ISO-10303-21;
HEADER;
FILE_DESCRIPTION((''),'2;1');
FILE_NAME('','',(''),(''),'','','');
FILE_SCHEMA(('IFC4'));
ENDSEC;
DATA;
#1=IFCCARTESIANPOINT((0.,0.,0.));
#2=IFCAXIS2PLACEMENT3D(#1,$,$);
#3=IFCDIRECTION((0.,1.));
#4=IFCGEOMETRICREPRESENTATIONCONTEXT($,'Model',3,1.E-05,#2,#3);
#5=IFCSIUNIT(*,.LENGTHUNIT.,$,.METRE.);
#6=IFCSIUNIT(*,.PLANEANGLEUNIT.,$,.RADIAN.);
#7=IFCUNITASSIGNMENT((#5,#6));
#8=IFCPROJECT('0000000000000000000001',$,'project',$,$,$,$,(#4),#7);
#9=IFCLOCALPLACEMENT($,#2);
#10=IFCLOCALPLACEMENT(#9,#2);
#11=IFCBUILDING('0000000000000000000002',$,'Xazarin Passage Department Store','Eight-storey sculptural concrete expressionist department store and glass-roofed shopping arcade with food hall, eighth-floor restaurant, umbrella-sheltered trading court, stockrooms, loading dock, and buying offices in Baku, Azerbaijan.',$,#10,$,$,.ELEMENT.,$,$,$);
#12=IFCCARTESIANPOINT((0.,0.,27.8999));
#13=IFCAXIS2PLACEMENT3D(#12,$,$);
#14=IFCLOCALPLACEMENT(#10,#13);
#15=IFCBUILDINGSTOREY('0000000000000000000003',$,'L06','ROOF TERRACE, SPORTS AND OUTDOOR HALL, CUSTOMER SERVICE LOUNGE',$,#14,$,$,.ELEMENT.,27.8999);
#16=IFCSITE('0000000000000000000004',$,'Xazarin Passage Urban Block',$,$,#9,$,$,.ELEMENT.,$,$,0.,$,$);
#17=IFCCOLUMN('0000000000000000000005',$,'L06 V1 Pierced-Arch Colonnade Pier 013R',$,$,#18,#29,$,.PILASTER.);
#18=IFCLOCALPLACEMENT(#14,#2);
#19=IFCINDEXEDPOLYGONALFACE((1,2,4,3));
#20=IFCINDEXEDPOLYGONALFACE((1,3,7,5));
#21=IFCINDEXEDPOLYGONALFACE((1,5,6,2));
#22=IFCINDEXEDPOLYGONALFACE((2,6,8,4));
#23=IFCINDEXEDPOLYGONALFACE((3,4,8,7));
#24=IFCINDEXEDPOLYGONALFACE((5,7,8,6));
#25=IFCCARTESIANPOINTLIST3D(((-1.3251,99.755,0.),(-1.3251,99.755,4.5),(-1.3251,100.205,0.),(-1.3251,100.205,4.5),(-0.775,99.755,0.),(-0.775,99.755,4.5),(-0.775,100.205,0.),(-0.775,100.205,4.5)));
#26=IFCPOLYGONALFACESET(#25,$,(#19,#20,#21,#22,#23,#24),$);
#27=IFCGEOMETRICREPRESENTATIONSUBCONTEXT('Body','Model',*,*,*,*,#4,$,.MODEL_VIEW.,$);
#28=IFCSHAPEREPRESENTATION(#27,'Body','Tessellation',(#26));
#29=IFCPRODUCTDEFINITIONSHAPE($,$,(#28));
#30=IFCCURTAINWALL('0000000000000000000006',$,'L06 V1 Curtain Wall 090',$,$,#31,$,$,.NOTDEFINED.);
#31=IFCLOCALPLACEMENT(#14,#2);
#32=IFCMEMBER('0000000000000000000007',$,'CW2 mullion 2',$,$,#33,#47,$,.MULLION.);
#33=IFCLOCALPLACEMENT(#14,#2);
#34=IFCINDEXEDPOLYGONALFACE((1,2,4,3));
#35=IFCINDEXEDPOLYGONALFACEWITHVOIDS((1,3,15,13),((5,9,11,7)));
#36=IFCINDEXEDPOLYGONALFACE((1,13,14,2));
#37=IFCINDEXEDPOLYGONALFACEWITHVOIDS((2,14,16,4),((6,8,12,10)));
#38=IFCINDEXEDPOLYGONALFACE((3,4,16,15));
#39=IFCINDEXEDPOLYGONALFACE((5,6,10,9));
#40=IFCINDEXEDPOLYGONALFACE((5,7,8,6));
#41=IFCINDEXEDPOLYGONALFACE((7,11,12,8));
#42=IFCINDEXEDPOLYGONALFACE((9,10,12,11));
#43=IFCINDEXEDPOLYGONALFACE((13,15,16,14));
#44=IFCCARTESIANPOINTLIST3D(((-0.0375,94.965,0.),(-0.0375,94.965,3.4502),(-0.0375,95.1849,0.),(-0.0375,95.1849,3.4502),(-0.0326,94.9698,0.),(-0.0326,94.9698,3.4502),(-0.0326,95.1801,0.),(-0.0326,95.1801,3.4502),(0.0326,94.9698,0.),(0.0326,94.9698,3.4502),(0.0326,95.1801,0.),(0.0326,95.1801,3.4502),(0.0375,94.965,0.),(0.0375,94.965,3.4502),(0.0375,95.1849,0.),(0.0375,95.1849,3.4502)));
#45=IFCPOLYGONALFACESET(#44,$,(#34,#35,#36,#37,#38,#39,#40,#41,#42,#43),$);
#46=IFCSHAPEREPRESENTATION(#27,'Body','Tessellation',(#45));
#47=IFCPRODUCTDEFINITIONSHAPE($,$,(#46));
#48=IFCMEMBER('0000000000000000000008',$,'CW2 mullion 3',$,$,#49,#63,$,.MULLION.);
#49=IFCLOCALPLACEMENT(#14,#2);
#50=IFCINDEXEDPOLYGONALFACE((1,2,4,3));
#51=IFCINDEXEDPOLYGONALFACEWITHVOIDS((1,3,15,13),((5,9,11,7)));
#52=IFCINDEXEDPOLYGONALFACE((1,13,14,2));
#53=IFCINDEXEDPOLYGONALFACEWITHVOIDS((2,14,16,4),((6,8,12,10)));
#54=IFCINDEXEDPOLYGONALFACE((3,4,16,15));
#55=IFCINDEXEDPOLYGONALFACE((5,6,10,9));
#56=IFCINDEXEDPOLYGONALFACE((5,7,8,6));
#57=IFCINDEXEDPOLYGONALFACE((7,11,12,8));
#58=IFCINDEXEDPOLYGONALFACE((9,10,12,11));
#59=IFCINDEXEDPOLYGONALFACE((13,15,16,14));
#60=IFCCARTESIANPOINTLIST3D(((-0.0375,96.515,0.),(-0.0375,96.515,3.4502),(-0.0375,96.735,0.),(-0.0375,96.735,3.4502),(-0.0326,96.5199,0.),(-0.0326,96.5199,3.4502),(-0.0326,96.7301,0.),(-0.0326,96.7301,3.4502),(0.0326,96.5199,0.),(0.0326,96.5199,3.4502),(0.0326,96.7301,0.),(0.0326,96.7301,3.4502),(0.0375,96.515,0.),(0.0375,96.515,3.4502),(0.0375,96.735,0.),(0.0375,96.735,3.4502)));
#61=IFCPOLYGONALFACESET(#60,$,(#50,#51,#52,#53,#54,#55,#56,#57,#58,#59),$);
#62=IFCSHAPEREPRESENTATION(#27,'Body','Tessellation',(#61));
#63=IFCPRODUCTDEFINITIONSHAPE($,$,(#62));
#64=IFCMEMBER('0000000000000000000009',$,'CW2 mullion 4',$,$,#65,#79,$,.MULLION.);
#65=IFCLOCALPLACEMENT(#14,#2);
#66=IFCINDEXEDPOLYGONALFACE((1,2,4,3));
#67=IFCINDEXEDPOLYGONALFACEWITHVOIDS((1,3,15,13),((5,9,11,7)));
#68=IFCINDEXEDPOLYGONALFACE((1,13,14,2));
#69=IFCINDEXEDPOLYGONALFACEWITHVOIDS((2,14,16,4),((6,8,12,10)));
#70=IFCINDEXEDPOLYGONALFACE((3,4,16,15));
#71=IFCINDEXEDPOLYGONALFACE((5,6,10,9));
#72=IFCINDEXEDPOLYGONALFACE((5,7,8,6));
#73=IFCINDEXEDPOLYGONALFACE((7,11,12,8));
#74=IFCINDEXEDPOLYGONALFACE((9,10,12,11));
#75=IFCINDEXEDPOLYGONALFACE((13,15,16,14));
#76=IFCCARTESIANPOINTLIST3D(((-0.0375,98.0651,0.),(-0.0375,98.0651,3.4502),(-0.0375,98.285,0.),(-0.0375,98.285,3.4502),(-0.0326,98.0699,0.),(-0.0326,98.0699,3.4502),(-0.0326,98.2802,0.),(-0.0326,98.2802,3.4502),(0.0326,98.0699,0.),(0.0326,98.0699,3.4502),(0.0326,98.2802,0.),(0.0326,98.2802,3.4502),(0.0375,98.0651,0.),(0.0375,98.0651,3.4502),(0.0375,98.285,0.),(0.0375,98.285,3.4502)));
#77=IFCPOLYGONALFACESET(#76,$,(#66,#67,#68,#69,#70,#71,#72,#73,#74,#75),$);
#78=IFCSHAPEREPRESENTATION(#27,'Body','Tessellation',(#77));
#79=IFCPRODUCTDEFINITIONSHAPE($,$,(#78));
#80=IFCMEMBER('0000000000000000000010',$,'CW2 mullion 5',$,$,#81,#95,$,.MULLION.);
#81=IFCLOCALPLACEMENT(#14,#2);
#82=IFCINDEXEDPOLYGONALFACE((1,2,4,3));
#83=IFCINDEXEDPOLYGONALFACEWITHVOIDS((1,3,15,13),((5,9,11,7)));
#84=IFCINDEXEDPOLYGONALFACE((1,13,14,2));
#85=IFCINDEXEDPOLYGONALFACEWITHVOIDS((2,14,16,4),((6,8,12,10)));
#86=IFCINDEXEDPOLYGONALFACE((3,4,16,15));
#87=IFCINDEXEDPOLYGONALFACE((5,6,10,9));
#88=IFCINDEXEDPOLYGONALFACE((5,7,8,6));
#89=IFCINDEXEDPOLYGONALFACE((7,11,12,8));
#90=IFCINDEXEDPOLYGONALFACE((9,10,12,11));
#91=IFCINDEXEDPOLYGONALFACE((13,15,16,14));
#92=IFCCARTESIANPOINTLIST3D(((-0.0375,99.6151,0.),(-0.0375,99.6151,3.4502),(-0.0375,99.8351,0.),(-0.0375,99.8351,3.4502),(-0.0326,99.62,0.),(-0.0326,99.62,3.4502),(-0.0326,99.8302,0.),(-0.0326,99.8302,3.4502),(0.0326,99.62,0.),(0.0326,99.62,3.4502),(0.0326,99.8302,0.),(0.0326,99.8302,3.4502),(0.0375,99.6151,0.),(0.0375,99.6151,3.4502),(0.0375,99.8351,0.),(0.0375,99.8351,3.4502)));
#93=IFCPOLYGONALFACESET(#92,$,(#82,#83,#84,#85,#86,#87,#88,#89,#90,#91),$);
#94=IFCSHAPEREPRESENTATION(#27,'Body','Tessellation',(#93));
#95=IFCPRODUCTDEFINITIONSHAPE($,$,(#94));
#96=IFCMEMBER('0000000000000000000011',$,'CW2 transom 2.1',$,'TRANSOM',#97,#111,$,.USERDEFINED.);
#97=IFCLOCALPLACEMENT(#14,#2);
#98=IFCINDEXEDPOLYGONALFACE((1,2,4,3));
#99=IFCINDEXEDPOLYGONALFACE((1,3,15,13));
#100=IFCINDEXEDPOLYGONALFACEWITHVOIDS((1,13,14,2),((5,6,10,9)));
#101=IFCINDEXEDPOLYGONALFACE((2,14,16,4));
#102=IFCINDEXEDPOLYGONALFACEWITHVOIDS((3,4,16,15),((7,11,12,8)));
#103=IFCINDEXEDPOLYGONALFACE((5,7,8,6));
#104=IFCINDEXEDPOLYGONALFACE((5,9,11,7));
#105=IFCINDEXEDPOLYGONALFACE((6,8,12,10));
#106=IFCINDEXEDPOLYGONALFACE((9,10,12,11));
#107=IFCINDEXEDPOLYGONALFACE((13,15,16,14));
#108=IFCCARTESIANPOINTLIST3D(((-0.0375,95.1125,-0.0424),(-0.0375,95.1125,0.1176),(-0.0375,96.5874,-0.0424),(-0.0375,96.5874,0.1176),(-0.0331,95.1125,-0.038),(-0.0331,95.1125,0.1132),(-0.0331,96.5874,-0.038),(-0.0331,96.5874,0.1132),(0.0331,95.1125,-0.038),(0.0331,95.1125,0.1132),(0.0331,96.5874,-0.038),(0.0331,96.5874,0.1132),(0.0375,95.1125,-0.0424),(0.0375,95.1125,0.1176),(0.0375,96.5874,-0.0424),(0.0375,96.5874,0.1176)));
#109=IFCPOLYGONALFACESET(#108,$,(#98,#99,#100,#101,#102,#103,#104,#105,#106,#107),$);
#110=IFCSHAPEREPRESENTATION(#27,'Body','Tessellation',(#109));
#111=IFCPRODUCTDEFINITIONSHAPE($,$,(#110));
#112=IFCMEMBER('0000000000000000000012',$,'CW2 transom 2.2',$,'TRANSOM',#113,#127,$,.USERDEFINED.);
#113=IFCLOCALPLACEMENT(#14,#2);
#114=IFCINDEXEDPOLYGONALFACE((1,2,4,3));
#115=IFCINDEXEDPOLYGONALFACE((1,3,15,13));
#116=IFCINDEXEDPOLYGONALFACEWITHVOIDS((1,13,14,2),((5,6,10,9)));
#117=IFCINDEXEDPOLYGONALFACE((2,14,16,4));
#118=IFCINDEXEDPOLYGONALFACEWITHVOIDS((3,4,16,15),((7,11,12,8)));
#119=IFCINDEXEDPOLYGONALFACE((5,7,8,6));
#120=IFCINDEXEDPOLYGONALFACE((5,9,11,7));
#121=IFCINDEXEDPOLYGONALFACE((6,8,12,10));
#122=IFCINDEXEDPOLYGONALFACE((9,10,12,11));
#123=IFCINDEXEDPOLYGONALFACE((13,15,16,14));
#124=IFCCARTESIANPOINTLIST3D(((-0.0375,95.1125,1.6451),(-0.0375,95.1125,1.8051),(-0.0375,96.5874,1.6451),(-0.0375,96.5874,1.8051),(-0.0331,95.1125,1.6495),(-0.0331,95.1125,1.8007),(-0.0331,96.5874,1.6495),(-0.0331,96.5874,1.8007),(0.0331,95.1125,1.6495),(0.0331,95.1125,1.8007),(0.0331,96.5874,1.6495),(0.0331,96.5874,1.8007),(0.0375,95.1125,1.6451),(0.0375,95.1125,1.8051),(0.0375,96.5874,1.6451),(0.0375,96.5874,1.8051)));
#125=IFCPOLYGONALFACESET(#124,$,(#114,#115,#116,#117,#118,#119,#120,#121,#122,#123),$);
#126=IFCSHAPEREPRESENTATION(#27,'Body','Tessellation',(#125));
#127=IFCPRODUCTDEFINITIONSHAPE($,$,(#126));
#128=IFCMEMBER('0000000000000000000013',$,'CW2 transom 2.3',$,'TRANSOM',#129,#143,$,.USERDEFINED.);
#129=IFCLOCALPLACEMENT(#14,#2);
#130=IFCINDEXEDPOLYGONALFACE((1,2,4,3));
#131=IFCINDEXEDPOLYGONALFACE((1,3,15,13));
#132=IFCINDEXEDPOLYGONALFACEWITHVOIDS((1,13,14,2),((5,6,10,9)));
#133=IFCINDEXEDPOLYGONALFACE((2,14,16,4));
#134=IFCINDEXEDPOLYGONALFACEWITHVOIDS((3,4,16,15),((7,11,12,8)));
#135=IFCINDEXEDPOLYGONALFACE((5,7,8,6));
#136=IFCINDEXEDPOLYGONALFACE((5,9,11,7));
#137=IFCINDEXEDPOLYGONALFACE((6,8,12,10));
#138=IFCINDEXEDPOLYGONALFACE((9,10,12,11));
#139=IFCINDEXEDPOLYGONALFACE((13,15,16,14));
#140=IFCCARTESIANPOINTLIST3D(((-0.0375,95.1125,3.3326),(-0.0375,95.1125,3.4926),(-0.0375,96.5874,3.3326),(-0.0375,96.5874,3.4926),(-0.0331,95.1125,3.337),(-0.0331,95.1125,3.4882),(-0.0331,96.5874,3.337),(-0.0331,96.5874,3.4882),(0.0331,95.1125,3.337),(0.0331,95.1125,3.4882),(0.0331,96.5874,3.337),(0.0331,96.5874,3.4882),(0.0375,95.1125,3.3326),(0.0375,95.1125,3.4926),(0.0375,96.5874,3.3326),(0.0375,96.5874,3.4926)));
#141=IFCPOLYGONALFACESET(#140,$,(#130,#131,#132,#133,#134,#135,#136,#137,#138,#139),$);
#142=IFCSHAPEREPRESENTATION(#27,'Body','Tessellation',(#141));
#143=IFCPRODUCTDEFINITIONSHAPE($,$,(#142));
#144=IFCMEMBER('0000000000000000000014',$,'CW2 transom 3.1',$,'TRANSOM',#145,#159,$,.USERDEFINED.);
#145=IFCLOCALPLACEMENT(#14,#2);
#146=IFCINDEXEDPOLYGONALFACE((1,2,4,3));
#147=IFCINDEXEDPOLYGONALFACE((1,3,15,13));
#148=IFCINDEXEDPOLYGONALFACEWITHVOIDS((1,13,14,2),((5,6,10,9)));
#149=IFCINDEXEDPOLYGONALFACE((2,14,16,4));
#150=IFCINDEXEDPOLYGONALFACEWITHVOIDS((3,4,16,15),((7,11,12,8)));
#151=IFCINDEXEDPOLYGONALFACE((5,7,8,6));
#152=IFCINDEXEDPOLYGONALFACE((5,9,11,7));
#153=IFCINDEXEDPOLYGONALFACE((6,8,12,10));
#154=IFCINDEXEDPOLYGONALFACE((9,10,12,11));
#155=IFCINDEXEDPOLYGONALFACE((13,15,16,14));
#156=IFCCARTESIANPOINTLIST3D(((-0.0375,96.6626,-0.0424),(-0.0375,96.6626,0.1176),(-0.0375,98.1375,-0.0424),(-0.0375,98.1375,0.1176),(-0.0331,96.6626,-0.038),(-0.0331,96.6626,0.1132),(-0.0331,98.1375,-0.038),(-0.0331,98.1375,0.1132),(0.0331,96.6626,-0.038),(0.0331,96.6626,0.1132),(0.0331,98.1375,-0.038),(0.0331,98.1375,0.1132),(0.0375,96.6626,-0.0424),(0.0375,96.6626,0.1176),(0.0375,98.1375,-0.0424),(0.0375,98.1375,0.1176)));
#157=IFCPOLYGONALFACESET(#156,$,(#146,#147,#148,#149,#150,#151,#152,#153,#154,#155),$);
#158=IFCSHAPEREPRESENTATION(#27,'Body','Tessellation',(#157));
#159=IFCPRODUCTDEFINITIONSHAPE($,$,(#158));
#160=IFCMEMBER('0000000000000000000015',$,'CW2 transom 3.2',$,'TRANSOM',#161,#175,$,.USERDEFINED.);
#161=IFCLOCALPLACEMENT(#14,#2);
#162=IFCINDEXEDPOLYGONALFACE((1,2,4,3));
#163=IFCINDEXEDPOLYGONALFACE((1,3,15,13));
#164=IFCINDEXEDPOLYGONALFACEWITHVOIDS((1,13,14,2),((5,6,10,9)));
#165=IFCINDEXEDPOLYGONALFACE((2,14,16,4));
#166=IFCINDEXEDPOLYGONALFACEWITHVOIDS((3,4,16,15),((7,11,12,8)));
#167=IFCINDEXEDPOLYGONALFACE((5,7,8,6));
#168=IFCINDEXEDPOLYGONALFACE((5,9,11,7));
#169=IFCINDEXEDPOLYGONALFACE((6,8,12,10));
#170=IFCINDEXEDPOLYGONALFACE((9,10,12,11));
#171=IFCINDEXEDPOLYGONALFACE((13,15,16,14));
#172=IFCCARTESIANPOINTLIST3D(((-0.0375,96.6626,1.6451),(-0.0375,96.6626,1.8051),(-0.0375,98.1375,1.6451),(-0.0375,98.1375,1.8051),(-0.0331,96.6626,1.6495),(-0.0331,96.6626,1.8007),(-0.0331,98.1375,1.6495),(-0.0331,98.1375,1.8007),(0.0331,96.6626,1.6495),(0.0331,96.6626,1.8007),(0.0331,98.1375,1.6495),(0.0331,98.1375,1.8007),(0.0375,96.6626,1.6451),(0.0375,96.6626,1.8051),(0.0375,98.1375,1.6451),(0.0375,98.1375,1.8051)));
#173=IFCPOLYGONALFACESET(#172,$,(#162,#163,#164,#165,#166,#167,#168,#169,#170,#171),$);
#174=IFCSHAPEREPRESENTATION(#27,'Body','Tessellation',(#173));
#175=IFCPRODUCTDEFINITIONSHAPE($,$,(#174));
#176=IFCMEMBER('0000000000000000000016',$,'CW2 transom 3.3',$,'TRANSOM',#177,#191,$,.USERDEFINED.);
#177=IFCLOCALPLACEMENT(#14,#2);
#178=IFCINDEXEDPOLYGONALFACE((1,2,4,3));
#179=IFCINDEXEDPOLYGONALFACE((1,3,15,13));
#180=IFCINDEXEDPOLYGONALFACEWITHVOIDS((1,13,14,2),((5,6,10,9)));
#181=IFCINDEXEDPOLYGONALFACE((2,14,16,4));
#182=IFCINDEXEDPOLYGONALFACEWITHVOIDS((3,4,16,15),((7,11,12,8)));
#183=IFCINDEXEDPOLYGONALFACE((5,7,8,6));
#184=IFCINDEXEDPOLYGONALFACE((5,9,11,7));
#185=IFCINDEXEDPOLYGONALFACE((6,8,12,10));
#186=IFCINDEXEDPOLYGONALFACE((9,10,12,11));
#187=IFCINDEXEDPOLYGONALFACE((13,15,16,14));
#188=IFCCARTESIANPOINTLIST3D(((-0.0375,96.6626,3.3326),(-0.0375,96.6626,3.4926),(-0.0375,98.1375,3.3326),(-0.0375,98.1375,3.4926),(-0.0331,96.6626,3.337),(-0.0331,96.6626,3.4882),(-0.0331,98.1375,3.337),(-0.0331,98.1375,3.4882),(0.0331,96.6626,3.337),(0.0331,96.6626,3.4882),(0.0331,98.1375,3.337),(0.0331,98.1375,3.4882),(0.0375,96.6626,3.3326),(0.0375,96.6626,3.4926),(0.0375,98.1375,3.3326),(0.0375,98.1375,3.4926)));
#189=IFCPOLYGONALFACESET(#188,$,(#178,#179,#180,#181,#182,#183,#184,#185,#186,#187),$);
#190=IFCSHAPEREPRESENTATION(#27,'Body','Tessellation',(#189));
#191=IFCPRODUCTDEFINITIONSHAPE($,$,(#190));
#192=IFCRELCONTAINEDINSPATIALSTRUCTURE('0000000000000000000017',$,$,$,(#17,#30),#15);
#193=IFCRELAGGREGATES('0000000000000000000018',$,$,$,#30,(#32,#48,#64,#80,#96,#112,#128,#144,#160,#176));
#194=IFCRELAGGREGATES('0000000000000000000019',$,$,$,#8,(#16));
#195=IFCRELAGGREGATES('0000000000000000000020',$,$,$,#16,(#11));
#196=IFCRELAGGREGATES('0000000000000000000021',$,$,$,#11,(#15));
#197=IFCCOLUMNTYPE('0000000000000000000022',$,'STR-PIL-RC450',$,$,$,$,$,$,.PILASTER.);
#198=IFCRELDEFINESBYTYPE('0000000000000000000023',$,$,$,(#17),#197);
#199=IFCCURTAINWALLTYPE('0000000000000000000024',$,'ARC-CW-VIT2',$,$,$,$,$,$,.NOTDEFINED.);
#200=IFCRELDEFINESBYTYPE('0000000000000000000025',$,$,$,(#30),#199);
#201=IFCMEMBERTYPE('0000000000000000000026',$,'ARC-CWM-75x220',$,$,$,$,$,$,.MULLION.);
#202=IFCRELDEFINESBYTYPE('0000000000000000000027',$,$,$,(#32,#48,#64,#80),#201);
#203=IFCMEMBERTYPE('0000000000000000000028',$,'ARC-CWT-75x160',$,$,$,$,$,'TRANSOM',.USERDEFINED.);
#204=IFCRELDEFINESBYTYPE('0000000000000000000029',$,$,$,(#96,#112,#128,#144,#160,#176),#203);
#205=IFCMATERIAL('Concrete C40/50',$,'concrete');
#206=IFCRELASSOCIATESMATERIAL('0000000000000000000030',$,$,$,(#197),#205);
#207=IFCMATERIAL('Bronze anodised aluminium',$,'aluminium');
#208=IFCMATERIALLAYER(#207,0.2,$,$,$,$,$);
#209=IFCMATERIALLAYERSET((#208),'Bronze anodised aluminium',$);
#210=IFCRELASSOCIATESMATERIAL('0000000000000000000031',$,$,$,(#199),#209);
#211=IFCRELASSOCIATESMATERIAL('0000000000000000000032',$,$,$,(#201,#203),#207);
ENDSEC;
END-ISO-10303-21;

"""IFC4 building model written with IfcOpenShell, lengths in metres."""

from ifc_helpers import new_model, si_unit, direction, frame, origin, origin_2d, place, context, subcontext, project, spatial, rectangle, hollow_rectangle, extrude, material, layer, layer_set, material_profile, profile_set, type_object, element, aggregate, save


model = new_model("IFC4")

# Units and contexts
model_context = context("Model", 3, precision=1e-05, world=origin(), true_north=direction((0.0, 1.0)))
body_context = subcontext(model_context, "Body", "Model", "MODEL_VIEW")
ifc_project = project(units=[si_unit("LENGTHUNIT", "METRE"), si_unit("PLANEANGLEUNIT", "RADIAN")], contexts=[model_context])

# Site, building, storey
site_placement = place(None, origin())
site = spatial("IfcSite", under=ifc_project, at=site_placement, Name="Xazarin Passage Urban Block", CompositionType="ELEMENT", RefElevation=0.0)
building_placement = place(site_placement, origin())
building = spatial("IfcBuilding", under=site, at=building_placement, Name="Xazarin Passage Department Store", Description="Eight-storey sculptural concrete expressionist department store and glass-roofed shopping arcade with food hall, eighth-floor restaurant, umbrella-sheltered trading court, stockrooms, loading dock, and buying offices in Baku, Azerbaijan.", CompositionType="ELEMENT")
storey_placement = place(building_placement, frame((0.0, 0.0, 27.8999)))
storey = spatial("IfcBuildingStorey", under=building, at=storey_placement, Name="L06", Description="ROOF TERRACE, SPORTS AND OUTDOOR HALL, CUSTOMER SERVICE LOUNGE", CompositionType="ELEMENT", Elevation=27.8999)

# Column
ifc_material_1 = material(Name="Concrete C40/50", Category="concrete")
ifc_material_profile_1 = material_profile(ifc_material_1, rectangle(XDim=0.45, YDim=0.55, at=origin_2d()), Name="RC 450x550")
ifc_profile_set_1 = profile_set([ifc_material_profile_1], Name="Concrete C40/50")
column_type = type_object("IfcColumnType", Name="STR-PIL-RC450", PredefinedType="PILASTER", material=ifc_profile_set_1)
column_placement = place(storey_placement, frame((-1.05, 99.98, 0.0), z_axis=(0.0, 0.0, 1.0), x_axis=(0.0, 1.0, 0.0)))
element("IfcColumn", 1, at=column_placement, inside=storey, type_object=column_type, Name="L06 V1 Pierced-Arch Colonnade Pier 013R", PredefinedType="PILASTER", context=body_context, shape_type="SweptSolid", body=[
    extrude(rectangle(XDim=0.45, YDim=0.55, at=origin_2d()), origin(), (0.0, 0.0, 1.0), 4.5),
])

# Curtain wall, members
ifc_material_2 = material(Name="Bronze anodised aluminium", Category="aluminium")
ifc_layer_1 = layer(ifc_material_2, 0.2)
ifc_layer_set_1 = layer_set([ifc_layer_1], Name="Bronze anodised aluminium")
curtain_wall_type = type_object("IfcCurtainWallType", Name="ARC-CW-VIT2", PredefinedType="NOTDEFINED", material=ifc_layer_set_1)
curtain_wall_placement = place(storey_placement, origin())
curtain_wall = element("IfcCurtainWall", 2, at=curtain_wall_placement, inside=storey, type_object=curtain_wall_type, Name="L06 V1 Curtain Wall 090", PredefinedType="NOTDEFINED")
ifc_material_profile_2 = material_profile(ifc_material_2, hollow_rectangle(XDim=0.075, YDim=0.22, WallThickness=0.0049, at=origin_2d()), Name="ALU 75x220")
ifc_profile_set_2 = profile_set([ifc_material_profile_2], Name="Bronze anodised aluminium")
member_type_1 = type_object("IfcMemberType", Name="ARC-CWM-75x220", PredefinedType="MULLION", material=ifc_profile_set_2)
member_1_placement = place(storey_placement, frame((0.0, 95.075, 0.0), z_axis=(0.0, 0.0, 1.0), x_axis=(-1.0, 0.0, 0.0)))
member_1 = element("IfcMember", 3, at=member_1_placement, type_object=member_type_1, Name="CW2 mullion 2", PredefinedType="MULLION", context=body_context, shape_type="SweptSolid", body=[
    extrude(hollow_rectangle(XDim=0.075, YDim=0.22, WallThickness=0.0049, at=origin_2d()), origin(), (0.0, 0.0, 1.0), 3.4502),
])
member_2_placement = place(storey_placement, frame((0.0, 96.625, 0.0), z_axis=(0.0, 0.0, 1.0), x_axis=(-1.0, 0.0, 0.0)))
member_2 = element("IfcMember", 4, at=member_2_placement, type_object=member_type_1, Name="CW2 mullion 3", PredefinedType="MULLION", context=body_context, shape_type="SweptSolid", body=[
    extrude(hollow_rectangle(XDim=0.075, YDim=0.22, WallThickness=0.0049, at=origin_2d()), origin(), (0.0, 0.0, 1.0), 3.4502),
])
member_3_placement = place(storey_placement, frame((0.0, 98.175, 0.0), z_axis=(0.0, 0.0, 1.0), x_axis=(-1.0, 0.0, 0.0)))
member_3 = element("IfcMember", 5, at=member_3_placement, type_object=member_type_1, Name="CW2 mullion 4", PredefinedType="MULLION", context=body_context, shape_type="SweptSolid", body=[
    extrude(hollow_rectangle(XDim=0.075, YDim=0.22, WallThickness=0.0049, at=origin_2d()), origin(), (0.0, 0.0, 1.0), 3.4502),
])
member_4_placement = place(storey_placement, frame((0.0, 99.7251, 0.0), z_axis=(0.0, 0.0, 1.0), x_axis=(-1.0, 0.0, 0.0)))
member_4 = element("IfcMember", 6, at=member_4_placement, type_object=member_type_1, Name="CW2 mullion 5", PredefinedType="MULLION", context=body_context, shape_type="SweptSolid", body=[
    extrude(hollow_rectangle(XDim=0.075, YDim=0.22, WallThickness=0.0049, at=origin_2d()), origin(), (0.0, 0.0, 1.0), 3.4502),
])
ifc_material_profile_3 = material_profile(ifc_material_2, hollow_rectangle(XDim=0.075, YDim=0.1599, WallThickness=0.0044, at=origin_2d()), Name="ALU 75x160")
ifc_profile_set_3 = profile_set([ifc_material_profile_3], Name="Bronze anodised aluminium")
member_type_2 = type_object("IfcMemberType", Name="ARC-CWT-75x160", ElementType="TRANSOM", PredefinedType="USERDEFINED", material=ifc_profile_set_3)
member_5_placement = place(storey_placement, frame((0.0, 95.1125, 0.0376), z_axis=(0.0, 1.0, 0.0), x_axis=(-1.0, 0.0, 0.0)))
member_5 = element("IfcMember", 7, at=member_5_placement, type_object=member_type_2, Name="CW2 transom 2.1", ObjectType="TRANSOM", PredefinedType="USERDEFINED", context=body_context, shape_type="SweptSolid", body=[
    extrude(hollow_rectangle(XDim=0.075, YDim=0.1599, WallThickness=0.0044, at=origin_2d()), origin(), (0.0, 0.0, 1.0), 1.4749),
])
member_6_placement = place(storey_placement, frame((0.0, 95.1125, 1.7251), z_axis=(0.0, 1.0, 0.0), x_axis=(-1.0, 0.0, 0.0)))
member_6 = element("IfcMember", 8, at=member_6_placement, type_object=member_type_2, Name="CW2 transom 2.2", ObjectType="TRANSOM", PredefinedType="USERDEFINED", context=body_context, shape_type="SweptSolid", body=[
    extrude(hollow_rectangle(XDim=0.075, YDim=0.1599, WallThickness=0.0044, at=origin_2d()), origin(), (0.0, 0.0, 1.0), 1.4749),
])
member_7_placement = place(storey_placement, frame((0.0, 95.1125, 3.4126), z_axis=(0.0, 1.0, 0.0), x_axis=(-1.0, 0.0, 0.0)))
member_7 = element("IfcMember", 9, at=member_7_placement, type_object=member_type_2, Name="CW2 transom 2.3", ObjectType="TRANSOM", PredefinedType="USERDEFINED", context=body_context, shape_type="SweptSolid", body=[
    extrude(hollow_rectangle(XDim=0.075, YDim=0.1599, WallThickness=0.0044, at=origin_2d()), origin(), (0.0, 0.0, 1.0), 1.4749),
])
member_8_placement = place(storey_placement, frame((0.0, 96.6626, 0.0376), z_axis=(0.0, 1.0, 0.0), x_axis=(-1.0, 0.0, 0.0)))
member_8 = element("IfcMember", 10, at=member_8_placement, type_object=member_type_2, Name="CW2 transom 3.1", ObjectType="TRANSOM", PredefinedType="USERDEFINED", context=body_context, shape_type="SweptSolid", body=[
    extrude(hollow_rectangle(XDim=0.075, YDim=0.1599, WallThickness=0.0044, at=origin_2d()), origin(), (0.0, 0.0, 1.0), 1.4749),
])
member_9_placement = place(storey_placement, frame((0.0, 96.6626, 1.7251), z_axis=(0.0, 1.0, 0.0), x_axis=(-1.0, 0.0, 0.0)))
member_9 = element("IfcMember", 11, at=member_9_placement, type_object=member_type_2, Name="CW2 transom 3.2", ObjectType="TRANSOM", PredefinedType="USERDEFINED", context=body_context, shape_type="SweptSolid", body=[
    extrude(hollow_rectangle(XDim=0.075, YDim=0.1599, WallThickness=0.0044, at=origin_2d()), origin(), (0.0, 0.0, 1.0), 1.4749),
])
member_10_placement = place(storey_placement, frame((0.0, 96.6626, 3.4126), z_axis=(0.0, 1.0, 0.0), x_axis=(-1.0, 0.0, 0.0)))
member_10 = element("IfcMember", 12, at=member_10_placement, type_object=member_type_2, Name="CW2 transom 3.3", ObjectType="TRANSOM", PredefinedType="USERDEFINED", context=body_context, shape_type="SweptSolid", body=[
    extrude(hollow_rectangle(XDim=0.075, YDim=0.1599, WallThickness=0.0044, at=origin_2d()), origin(), (0.0, 0.0, 1.0), 1.4749),
])

aggregate(curtain_wall, [member_1, member_2, member_3, member_4, member_5, member_6, member_7, member_8, member_9, member_10])

save(model, "model.ifc")
